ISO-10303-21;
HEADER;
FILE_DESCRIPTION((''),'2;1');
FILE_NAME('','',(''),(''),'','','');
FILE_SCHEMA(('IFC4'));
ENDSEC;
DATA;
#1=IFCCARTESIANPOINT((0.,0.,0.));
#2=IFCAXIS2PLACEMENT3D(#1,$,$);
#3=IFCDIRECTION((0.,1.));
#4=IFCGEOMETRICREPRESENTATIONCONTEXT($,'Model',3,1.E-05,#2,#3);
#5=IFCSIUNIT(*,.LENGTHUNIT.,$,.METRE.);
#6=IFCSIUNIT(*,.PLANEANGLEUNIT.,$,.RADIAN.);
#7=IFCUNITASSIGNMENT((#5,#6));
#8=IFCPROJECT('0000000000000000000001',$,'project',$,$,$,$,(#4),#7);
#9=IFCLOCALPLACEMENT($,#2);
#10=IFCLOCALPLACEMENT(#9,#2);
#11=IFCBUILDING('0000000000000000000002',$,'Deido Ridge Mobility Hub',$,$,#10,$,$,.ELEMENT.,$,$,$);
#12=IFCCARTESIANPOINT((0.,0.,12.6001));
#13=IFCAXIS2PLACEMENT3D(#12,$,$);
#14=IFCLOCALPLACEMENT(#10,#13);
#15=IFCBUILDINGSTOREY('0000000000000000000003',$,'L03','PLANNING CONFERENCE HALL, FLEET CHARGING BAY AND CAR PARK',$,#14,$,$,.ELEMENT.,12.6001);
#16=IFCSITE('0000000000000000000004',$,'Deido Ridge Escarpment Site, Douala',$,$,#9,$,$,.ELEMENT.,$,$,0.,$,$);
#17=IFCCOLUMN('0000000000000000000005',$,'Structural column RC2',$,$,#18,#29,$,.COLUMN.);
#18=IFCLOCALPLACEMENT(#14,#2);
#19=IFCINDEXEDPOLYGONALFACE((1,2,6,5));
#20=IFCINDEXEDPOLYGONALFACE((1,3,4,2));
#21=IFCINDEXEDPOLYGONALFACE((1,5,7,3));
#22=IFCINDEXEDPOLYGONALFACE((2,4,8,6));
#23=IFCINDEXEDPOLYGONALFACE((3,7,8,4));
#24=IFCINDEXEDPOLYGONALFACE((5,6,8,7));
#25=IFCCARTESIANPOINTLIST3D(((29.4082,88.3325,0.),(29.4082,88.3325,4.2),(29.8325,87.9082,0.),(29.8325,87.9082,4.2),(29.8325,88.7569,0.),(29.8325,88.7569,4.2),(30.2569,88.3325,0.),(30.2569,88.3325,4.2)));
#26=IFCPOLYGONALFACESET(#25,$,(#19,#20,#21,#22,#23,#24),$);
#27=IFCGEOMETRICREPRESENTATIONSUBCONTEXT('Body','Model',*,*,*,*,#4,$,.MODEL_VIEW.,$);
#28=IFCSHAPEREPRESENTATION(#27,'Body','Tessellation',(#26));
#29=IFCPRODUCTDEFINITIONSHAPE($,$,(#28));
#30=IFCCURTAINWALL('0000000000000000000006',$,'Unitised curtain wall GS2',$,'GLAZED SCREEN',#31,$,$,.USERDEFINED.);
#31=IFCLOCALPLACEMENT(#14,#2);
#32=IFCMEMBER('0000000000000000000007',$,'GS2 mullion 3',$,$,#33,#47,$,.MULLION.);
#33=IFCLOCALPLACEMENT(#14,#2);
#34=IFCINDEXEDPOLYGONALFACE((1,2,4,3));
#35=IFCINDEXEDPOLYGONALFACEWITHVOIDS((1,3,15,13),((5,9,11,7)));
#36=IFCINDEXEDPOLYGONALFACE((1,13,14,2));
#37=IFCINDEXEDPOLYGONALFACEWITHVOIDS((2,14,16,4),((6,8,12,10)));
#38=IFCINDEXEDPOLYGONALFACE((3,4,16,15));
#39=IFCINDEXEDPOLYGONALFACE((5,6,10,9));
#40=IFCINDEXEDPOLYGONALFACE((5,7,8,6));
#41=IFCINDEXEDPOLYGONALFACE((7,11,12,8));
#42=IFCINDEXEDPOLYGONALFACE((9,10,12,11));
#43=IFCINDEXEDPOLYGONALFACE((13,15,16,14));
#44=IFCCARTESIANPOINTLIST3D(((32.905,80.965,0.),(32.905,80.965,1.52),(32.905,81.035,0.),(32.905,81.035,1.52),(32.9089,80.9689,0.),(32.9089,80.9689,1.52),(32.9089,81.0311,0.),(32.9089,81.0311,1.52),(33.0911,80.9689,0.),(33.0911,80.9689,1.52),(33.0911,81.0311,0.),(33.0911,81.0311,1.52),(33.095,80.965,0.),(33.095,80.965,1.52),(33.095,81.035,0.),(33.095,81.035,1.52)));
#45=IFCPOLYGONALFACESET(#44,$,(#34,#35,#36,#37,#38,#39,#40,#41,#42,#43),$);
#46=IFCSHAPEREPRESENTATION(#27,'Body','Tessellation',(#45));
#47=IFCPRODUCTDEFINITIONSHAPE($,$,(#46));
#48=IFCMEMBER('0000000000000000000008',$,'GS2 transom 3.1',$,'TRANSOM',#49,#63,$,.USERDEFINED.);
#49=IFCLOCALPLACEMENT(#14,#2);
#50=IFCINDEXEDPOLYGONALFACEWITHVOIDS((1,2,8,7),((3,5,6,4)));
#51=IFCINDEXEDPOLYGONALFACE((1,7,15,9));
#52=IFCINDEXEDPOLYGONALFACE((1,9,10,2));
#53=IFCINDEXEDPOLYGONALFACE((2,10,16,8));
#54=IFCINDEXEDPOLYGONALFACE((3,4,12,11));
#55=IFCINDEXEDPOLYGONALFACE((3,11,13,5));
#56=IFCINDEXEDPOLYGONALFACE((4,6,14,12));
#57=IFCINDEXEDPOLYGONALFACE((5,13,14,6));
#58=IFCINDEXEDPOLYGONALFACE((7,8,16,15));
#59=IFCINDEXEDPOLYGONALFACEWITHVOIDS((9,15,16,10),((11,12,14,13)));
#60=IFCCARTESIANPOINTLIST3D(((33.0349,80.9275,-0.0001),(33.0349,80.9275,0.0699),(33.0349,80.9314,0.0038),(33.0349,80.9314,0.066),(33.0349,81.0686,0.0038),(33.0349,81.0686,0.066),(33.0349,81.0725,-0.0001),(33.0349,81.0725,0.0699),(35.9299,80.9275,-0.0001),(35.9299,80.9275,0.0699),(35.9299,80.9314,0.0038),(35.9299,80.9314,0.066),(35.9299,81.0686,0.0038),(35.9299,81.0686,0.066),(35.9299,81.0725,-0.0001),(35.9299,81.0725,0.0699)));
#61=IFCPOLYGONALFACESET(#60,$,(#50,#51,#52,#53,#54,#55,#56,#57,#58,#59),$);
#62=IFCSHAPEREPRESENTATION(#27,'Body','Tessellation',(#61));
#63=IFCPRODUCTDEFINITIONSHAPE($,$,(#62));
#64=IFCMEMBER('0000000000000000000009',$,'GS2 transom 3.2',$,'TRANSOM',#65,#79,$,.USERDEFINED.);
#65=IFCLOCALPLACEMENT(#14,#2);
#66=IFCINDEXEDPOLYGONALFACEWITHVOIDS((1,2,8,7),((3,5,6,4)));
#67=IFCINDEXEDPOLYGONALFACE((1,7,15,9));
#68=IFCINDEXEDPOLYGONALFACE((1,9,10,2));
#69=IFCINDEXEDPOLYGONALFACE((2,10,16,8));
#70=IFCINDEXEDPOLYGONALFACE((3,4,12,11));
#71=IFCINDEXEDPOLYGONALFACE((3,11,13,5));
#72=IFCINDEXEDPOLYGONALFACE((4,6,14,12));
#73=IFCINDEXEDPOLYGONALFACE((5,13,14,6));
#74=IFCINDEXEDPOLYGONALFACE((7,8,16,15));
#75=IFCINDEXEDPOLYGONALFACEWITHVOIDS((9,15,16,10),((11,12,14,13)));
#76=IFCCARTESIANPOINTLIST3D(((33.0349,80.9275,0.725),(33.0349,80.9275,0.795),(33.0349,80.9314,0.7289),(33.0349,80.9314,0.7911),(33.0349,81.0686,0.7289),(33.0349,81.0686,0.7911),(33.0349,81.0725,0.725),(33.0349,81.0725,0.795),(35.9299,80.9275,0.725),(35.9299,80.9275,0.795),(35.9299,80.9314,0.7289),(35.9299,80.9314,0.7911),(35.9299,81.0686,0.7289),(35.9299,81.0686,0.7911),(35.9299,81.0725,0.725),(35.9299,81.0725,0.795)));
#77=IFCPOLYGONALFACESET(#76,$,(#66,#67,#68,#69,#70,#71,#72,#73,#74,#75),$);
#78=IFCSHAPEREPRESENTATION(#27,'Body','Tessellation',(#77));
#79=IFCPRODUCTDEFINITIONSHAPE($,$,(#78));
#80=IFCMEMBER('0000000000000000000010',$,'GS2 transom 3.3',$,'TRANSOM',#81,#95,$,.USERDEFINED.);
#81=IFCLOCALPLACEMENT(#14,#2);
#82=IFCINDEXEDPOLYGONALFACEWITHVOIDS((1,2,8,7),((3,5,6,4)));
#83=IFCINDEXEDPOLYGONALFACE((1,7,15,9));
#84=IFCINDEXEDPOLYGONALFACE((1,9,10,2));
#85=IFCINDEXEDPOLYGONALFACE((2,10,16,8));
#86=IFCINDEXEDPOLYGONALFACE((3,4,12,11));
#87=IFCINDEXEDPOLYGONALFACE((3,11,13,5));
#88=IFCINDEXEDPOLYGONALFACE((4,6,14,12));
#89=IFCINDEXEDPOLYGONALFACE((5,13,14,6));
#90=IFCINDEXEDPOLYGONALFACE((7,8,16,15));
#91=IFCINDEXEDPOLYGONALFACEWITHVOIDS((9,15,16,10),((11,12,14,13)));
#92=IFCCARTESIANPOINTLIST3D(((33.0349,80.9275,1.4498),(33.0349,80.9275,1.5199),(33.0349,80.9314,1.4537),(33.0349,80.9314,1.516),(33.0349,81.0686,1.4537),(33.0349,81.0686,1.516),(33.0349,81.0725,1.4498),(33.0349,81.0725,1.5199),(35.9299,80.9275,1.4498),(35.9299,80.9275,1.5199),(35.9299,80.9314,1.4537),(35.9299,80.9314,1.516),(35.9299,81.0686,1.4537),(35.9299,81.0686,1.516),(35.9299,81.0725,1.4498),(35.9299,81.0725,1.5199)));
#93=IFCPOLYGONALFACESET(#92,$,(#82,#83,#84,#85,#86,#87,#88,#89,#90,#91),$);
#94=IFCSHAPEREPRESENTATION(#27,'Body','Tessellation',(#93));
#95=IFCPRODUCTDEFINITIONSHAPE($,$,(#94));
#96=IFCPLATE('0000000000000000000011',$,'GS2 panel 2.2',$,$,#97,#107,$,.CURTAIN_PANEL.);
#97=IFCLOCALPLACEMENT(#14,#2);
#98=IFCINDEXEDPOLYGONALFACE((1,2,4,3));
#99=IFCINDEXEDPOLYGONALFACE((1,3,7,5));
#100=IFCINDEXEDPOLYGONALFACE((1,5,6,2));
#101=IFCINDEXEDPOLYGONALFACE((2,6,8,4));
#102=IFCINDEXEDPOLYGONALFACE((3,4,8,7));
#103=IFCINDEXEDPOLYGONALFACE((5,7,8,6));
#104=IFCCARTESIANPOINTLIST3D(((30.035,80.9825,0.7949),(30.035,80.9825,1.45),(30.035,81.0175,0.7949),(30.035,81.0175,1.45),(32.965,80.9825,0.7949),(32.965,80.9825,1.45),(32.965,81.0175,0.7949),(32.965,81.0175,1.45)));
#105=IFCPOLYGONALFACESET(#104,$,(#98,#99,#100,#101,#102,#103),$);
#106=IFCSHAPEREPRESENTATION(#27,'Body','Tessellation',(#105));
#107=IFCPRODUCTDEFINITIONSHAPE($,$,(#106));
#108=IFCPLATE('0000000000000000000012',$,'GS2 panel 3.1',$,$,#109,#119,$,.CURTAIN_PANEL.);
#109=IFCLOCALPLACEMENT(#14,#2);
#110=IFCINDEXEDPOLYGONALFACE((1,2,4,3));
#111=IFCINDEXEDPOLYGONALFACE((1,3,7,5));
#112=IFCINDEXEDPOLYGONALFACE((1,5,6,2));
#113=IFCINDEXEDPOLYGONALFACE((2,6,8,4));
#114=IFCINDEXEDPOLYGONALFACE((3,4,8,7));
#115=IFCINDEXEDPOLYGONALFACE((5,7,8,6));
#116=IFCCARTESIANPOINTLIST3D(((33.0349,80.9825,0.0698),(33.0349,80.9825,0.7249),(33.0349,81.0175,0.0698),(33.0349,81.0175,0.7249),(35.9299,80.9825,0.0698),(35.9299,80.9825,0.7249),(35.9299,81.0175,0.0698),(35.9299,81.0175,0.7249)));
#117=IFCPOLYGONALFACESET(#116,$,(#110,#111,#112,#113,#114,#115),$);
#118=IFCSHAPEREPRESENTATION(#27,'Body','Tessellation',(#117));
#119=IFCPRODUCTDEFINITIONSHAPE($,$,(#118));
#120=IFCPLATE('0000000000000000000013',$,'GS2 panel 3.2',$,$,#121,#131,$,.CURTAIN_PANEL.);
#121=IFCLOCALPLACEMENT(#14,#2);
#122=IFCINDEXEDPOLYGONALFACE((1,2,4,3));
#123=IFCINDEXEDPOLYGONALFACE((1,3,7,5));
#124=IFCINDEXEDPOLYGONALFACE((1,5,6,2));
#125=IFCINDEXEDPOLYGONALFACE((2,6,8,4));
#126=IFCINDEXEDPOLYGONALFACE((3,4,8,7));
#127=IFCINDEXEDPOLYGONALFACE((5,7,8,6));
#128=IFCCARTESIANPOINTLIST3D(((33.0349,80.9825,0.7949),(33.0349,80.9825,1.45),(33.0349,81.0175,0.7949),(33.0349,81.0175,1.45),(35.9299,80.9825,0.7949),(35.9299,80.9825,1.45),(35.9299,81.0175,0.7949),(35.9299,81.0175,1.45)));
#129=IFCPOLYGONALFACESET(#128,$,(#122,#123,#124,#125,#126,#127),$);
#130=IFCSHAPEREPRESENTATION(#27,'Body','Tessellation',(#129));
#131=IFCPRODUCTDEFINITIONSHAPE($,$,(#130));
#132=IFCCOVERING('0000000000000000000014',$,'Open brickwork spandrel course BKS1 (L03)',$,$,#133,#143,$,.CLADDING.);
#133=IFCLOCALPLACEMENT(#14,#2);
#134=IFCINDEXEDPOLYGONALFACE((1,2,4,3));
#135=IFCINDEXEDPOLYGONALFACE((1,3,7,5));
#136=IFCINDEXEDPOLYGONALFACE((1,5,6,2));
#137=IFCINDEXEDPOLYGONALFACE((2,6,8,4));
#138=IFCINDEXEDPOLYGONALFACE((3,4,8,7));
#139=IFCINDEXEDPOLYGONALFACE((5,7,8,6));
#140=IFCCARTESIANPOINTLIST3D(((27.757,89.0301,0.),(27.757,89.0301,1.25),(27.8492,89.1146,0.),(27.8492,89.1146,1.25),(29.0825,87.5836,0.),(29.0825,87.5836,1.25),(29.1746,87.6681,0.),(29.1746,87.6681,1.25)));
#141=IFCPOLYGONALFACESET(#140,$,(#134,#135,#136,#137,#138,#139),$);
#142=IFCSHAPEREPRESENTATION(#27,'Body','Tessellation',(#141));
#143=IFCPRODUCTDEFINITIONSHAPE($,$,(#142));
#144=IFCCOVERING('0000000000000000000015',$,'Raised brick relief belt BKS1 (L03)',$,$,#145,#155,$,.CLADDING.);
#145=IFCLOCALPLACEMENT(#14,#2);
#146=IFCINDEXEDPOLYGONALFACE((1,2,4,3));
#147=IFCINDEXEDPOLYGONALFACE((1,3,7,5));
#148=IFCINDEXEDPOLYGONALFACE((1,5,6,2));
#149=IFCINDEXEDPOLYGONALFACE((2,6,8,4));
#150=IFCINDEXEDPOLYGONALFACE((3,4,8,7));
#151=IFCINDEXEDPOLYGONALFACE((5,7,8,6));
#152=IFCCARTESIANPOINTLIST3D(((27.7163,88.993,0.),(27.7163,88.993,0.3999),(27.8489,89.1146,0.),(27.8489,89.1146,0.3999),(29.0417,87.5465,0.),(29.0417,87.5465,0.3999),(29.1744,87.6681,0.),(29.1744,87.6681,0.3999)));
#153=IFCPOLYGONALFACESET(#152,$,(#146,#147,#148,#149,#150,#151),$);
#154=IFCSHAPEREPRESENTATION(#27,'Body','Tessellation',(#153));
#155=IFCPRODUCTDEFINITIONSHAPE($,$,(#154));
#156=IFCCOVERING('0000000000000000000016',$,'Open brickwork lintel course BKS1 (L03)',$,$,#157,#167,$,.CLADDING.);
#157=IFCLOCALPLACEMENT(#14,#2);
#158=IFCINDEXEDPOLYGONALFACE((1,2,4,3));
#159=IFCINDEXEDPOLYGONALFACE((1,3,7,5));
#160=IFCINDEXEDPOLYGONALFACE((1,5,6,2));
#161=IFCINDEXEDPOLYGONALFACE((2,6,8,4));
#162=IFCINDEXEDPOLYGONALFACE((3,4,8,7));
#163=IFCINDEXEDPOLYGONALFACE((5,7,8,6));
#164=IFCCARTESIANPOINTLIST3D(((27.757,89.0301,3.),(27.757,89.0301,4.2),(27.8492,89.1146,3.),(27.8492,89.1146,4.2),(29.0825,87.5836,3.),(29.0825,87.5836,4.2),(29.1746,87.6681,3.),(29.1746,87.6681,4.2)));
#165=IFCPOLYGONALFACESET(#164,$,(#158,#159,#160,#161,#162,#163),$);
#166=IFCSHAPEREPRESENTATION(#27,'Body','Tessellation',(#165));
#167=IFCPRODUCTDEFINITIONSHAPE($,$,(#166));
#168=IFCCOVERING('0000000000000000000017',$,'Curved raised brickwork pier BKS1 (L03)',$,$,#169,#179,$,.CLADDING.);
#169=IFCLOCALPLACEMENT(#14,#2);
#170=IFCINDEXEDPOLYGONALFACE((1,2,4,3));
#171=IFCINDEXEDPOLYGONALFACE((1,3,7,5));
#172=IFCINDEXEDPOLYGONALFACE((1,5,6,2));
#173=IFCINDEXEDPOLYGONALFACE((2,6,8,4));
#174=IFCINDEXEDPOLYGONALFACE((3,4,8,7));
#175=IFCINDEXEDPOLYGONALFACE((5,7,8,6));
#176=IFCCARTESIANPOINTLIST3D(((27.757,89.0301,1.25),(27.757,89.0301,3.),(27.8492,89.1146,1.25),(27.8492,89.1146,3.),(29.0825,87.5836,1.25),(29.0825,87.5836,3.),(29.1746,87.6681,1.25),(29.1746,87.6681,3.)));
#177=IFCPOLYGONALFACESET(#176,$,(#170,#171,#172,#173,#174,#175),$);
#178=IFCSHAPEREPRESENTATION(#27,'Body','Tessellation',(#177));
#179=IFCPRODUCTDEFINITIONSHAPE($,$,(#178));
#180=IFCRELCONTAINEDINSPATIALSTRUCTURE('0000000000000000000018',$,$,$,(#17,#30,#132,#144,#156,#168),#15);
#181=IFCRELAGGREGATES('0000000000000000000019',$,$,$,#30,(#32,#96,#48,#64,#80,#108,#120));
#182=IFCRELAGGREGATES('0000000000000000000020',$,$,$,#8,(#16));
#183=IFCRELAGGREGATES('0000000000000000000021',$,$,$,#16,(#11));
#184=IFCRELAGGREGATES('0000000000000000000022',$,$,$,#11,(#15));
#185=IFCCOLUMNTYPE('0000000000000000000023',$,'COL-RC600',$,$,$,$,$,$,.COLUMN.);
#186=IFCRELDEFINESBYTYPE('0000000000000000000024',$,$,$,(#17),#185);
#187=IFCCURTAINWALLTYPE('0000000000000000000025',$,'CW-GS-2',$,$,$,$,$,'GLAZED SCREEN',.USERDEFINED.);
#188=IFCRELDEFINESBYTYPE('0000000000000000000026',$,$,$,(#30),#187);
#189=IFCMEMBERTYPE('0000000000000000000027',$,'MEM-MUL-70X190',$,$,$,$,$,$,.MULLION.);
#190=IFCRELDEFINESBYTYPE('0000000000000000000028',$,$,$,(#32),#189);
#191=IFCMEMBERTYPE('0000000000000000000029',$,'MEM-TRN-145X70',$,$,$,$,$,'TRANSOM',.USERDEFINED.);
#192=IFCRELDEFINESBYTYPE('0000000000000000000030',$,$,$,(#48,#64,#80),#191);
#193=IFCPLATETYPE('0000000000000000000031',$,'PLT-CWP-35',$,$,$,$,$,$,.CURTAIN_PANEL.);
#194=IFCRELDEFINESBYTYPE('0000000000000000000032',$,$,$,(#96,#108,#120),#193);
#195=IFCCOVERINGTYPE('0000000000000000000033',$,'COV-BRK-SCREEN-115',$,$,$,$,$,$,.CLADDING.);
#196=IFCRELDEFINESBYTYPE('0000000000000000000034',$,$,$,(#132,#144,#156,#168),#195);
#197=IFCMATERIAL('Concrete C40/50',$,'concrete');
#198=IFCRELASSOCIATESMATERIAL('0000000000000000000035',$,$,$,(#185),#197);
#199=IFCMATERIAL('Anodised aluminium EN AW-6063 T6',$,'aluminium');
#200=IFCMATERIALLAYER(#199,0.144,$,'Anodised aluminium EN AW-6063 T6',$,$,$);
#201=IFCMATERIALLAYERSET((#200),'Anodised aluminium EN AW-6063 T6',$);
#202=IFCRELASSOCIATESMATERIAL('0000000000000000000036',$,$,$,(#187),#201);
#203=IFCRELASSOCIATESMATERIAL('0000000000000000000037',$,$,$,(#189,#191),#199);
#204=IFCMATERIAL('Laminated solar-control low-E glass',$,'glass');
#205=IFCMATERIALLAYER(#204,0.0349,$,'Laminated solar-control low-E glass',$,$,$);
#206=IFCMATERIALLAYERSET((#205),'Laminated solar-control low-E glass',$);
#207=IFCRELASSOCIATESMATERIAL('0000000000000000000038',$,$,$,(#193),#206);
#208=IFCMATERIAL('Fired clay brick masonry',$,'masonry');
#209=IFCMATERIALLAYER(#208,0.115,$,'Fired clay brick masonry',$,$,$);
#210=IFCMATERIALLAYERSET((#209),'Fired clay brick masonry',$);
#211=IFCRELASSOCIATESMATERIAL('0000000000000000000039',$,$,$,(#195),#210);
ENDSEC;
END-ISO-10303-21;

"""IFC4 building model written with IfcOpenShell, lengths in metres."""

from ifc_helpers import new_model, si_unit, direction, frame, origin, origin_2d, place, context, subcontext, project, spatial, rectangle, hollow_rectangle, extrude, material, layer, layer_set, material_profile, profile_set, type_object, element, aggregate, save


model = new_model("IFC4")

# Units and contexts
model_context = context("Model", 3, precision=1e-05, world=origin(), true_north=direction((0.0, 1.0)))
body_context = subcontext(model_context, "Body", "Model", "MODEL_VIEW")
ifc_project = project(units=[si_unit("LENGTHUNIT", "METRE"), si_unit("PLANEANGLEUNIT", "RADIAN")], contexts=[model_context])

# Site, building, storey
site_placement = place(None, origin())
site = spatial("IfcSite", under=ifc_project, at=site_placement, Name="Deido Ridge Escarpment Site, Douala", CompositionType="ELEMENT", RefElevation=0.0)
building_placement = place(site_placement, origin())
building = spatial("IfcBuilding", under=site, at=building_placement, Name="Deido Ridge Mobility Hub", CompositionType="ELEMENT")
storey_placement = place(building_placement, frame((0.0, 0.0, 12.6001)))
storey = spatial("IfcBuildingStorey", under=building, at=storey_placement, Name="L03", Description="PLANNING CONFERENCE HALL, FLEET CHARGING BAY AND CAR PARK", CompositionType="ELEMENT", Elevation=12.6001)

# Column
ifc_material_1 = material(Name="Concrete C40/50", Category="concrete")
ifc_material_profile_1 = material_profile(ifc_material_1, rectangle(XDim=0.6001, YDim=0.6001, at=origin_2d()), Name="RC COL 600x600")
ifc_profile_set_1 = profile_set([ifc_material_profile_1], Name="Concrete C40/50")
column_type = type_object("IfcColumnType", Name="COL-RC600", PredefinedType="COLUMN", material=ifc_profile_set_1)
column_placement = place(storey_placement, frame((29.8325, 88.3325, 0.0), z_axis=(0.0, 0.0, 1.0), x_axis=(-0.707107, -0.707107, 0.0)))
element("IfcColumn", 1, at=column_placement, inside=storey, type_object=column_type, Name="Structural column RC2", PredefinedType="COLUMN", context=body_context, shape_type="SweptSolid", body=[
    extrude(rectangle(XDim=0.6001, YDim=0.6001, at=origin_2d()), origin(), (0.0, 0.0, 1.0), 4.2),
])

# Curtain wall, members, plates
ifc_material_2 = material(Name="Anodised aluminium EN AW-6063 T6", Category="aluminium")
ifc_layer_1 = layer(ifc_material_2, 0.144, Name="Anodised aluminium EN AW-6063 T6")
ifc_layer_set_1 = layer_set([ifc_layer_1], Name="Anodised aluminium EN AW-6063 T6")
curtain_wall_type = type_object("IfcCurtainWallType", Name="CW-GS-2", ElementType="GLAZED SCREEN", PredefinedType="USERDEFINED", material=ifc_layer_set_1)
curtain_wall_placement = place(storey_placement, origin())
curtain_wall = element("IfcCurtainWall", 2, at=curtain_wall_placement, inside=storey, type_object=curtain_wall_type, Name="Unitised curtain wall GS2", ObjectType="GLAZED SCREEN", PredefinedType="USERDEFINED")
ifc_material_profile_2 = material_profile(ifc_material_2, hollow_rectangle(XDim=0.0701, YDim=0.1899, WallThickness=0.0039, at=origin_2d()), Name="RHS 70x190x4")
ifc_profile_set_2 = profile_set([ifc_material_profile_2], Name="Anodised aluminium EN AW-6063 T6")
member_type_1 = type_object("IfcMemberType", Name="MEM-MUL-70X190", PredefinedType="MULLION", material=ifc_profile_set_2)
member_1_placement = place(storey_placement, frame((33.0, 81.0, 0.0), z_axis=(0.0, 0.0, 1.0), x_axis=(0.0, 1.0, 0.0)))
member_1 = element("IfcMember", 3, at=member_1_placement, type_object=member_type_1, Name="GS2 mullion 3", PredefinedType="MULLION", context=body_context, shape_type="SweptSolid", body=[
    extrude(hollow_rectangle(XDim=0.0701, YDim=0.1899, WallThickness=0.0039, at=origin_2d()), origin(), (0.0, 0.0, 1.0), 1.52),
])
ifc_material_profile_3 = material_profile(ifc_material_2, hollow_rectangle(XDim=0.145, YDim=0.0701, WallThickness=0.0039, at=origin_2d()), Name="RHS 145x70x4")
ifc_profile_set_3 = profile_set([ifc_material_profile_3], Name="Anodised aluminium EN AW-6063 T6")
member_type_2 = type_object("IfcMemberType", Name="MEM-TRN-145X70", ElementType="TRANSOM", PredefinedType="USERDEFINED", material=ifc_profile_set_3)
member_2_placement = place(storey_placement, frame((33.0349, 81.0, 0.0349), z_axis=(1.0, 0.0, 0.0), x_axis=(0.0, 1.0, 0.0)))
member_2 = element("IfcMember", 4, at=member_2_placement, type_object=member_type_2, Name="GS2 transom 3.1", ObjectType="TRANSOM", PredefinedType="USERDEFINED", context=body_context, shape_type="SweptSolid", body=[
    extrude(hollow_rectangle(XDim=0.145, YDim=0.0701, WallThickness=0.0039, at=origin_2d()), origin(), (0.0, 0.0, 1.0), 2.895),
])
member_3_placement = place(storey_placement, frame((33.0349, 81.0, 0.76), z_axis=(1.0, 0.0, 0.0), x_axis=(0.0, 1.0, 0.0)))
member_3 = element("IfcMember", 5, at=member_3_placement, type_object=member_type_2, Name="GS2 transom 3.2", ObjectType="TRANSOM", PredefinedType="USERDEFINED", context=body_context, shape_type="SweptSolid", body=[
    extrude(hollow_rectangle(XDim=0.145, YDim=0.0701, WallThickness=0.0039, at=origin_2d()), origin(), (0.0, 0.0, 1.0), 2.895),
])
member_4_placement = place(storey_placement, frame((33.0349, 81.0, 1.4849), z_axis=(1.0, 0.0, 0.0), x_axis=(0.0, 1.0, 0.0)))
member_4 = element("IfcMember", 6, at=member_4_placement, type_object=member_type_2, Name="GS2 transom 3.3", ObjectType="TRANSOM", PredefinedType="USERDEFINED", context=body_context, shape_type="SweptSolid", body=[
    extrude(hollow_rectangle(XDim=0.145, YDim=0.0701, WallThickness=0.0039, at=origin_2d()), origin(), (0.0, 0.0, 1.0), 2.895),
])
ifc_material_3 = material(Name="Laminated solar-control low-E glass", Category="glass")
ifc_layer_2 = layer(ifc_material_3, 0.0349, Name="Laminated solar-control low-E glass")
ifc_layer_set_2 = layer_set([ifc_layer_2], Name="Laminated solar-control low-E glass")
plate_type = type_object("IfcPlateType", Name="PLT-CWP-35", PredefinedType="CURTAIN_PANEL", material=ifc_layer_set_2)
plate_1_placement = place(storey_placement, frame((31.5, 81.0, 0.7949), z_axis=(0.0, 0.0, 1.0), x_axis=(1.0, 0.0, 0.0)))
plate_1 = element("IfcPlate", 7, at=plate_1_placement, type_object=plate_type, Name="GS2 panel 2.2", PredefinedType="CURTAIN_PANEL", context=body_context, shape_type="SweptSolid", body=[
    extrude(rectangle(XDim=2.9299, YDim=0.0349, at=origin_2d()), origin(), (0.0, 0.0, 1.0), 0.655),
])
plate_2_placement = place(storey_placement, frame((34.4824, 81.0, 0.0698), z_axis=(0.0, 0.0, 1.0), x_axis=(1.0, 0.0, 0.0)))
plate_2 = element("IfcPlate", 8, at=plate_2_placement, type_object=plate_type, Name="GS2 panel 3.1", PredefinedType="CURTAIN_PANEL", context=body_context, shape_type="SweptSolid", body=[
    extrude(rectangle(XDim=2.895, YDim=0.0349, at=origin_2d()), origin(), (0.0, 0.0, 1.0), 0.655),
])
plate_3_placement = place(storey_placement, frame((34.4824, 81.0, 0.7949), z_axis=(0.0, 0.0, 1.0), x_axis=(1.0, 0.0, 0.0)))
plate_3 = element("IfcPlate", 9, at=plate_3_placement, type_object=plate_type, Name="GS2 panel 3.2", PredefinedType="CURTAIN_PANEL", context=body_context, shape_type="SweptSolid", body=[
    extrude(rectangle(XDim=2.895, YDim=0.0349, at=origin_2d()), origin(), (0.0, 0.0, 1.0), 0.655),
])
aggregate(curtain_wall, [member_1, plate_1, member_2, member_3, member_4, plate_2, plate_3])

# Coverings
ifc_material_4 = material(Name="Fired clay brick masonry", Category="masonry")
ifc_layer_3 = layer(ifc_material_4, 0.115, Name="Fired clay brick masonry")
ifc_layer_set_3 = layer_set([ifc_layer_3], Name="Fired clay brick masonry")
covering_type = type_object("IfcCoveringType", Name="COV-BRK-SCREEN-115", PredefinedType="CLADDING", material=ifc_layer_set_3)
covering_1_placement = place(storey_placement, frame((28.4658, 88.3491, 0.0), z_axis=(0.0, 0.0, 1.0), x_axis=(0.675577, -0.737289, 0.0)))
element("IfcCovering", 10, at=covering_1_placement, inside=storey, type_object=covering_type, Name="Open brickwork spandrel course BKS1 (L03)", PredefinedType="CLADDING", context=body_context, shape_type="SweptSolid", body=[
    extrude(rectangle(XDim=1.9619, YDim=0.125, at=origin_2d()), origin(), (0.0, 0.0, 1.0), 1.25),
])
covering_2_placement = place(storey_placement, frame((28.4453, 88.3306, 0.0), z_axis=(0.0, 0.0, 1.0), x_axis=(0.675577, -0.737289, 0.0)))
element("IfcCovering", 11, at=covering_2_placement, inside=storey, type_object=covering_type, Name="Raised brick relief belt BKS1 (L03)", PredefinedType="CLADDING", context=body_context, shape_type="SweptSolid", body=[
    extrude(rectangle(XDim=1.9619, YDim=0.1799, at=origin_2d()), origin(), (0.0, 0.0, 1.0), 0.3999),
])
covering_3_placement = place(storey_placement, frame((28.4658, 88.3491, 3.0), z_axis=(0.0, 0.0, 1.0), x_axis=(0.675577, -0.737289, 0.0)))
element("IfcCovering", 12, at=covering_3_placement, inside=storey, type_object=covering_type, Name="Open brickwork lintel course BKS1 (L03)", PredefinedType="CLADDING", context=body_context, shape_type="SweptSolid", body=[
    extrude(rectangle(XDim=1.9619, YDim=0.125, at=origin_2d()), origin(), (0.0, 0.0, 1.0), 1.2),
])
covering_4_placement = place(storey_placement, frame((28.4658, 88.3491, 1.25), z_axis=(0.0, 0.0, 1.0), x_axis=(0.675577, -0.737289, 0.0)))
element("IfcCovering", 13, at=covering_4_placement, inside=storey, type_object=covering_type, Name="Curved raised brickwork pier BKS1 (L03)", PredefinedType="CLADDING", context=body_context, shape_type="SweptSolid", body=[
    extrude(rectangle(XDim=1.9619, YDim=0.125, at=origin_2d()), origin(), (0.0, 0.0, 1.0), 1.75),
])

save(model, "model.ifc")
